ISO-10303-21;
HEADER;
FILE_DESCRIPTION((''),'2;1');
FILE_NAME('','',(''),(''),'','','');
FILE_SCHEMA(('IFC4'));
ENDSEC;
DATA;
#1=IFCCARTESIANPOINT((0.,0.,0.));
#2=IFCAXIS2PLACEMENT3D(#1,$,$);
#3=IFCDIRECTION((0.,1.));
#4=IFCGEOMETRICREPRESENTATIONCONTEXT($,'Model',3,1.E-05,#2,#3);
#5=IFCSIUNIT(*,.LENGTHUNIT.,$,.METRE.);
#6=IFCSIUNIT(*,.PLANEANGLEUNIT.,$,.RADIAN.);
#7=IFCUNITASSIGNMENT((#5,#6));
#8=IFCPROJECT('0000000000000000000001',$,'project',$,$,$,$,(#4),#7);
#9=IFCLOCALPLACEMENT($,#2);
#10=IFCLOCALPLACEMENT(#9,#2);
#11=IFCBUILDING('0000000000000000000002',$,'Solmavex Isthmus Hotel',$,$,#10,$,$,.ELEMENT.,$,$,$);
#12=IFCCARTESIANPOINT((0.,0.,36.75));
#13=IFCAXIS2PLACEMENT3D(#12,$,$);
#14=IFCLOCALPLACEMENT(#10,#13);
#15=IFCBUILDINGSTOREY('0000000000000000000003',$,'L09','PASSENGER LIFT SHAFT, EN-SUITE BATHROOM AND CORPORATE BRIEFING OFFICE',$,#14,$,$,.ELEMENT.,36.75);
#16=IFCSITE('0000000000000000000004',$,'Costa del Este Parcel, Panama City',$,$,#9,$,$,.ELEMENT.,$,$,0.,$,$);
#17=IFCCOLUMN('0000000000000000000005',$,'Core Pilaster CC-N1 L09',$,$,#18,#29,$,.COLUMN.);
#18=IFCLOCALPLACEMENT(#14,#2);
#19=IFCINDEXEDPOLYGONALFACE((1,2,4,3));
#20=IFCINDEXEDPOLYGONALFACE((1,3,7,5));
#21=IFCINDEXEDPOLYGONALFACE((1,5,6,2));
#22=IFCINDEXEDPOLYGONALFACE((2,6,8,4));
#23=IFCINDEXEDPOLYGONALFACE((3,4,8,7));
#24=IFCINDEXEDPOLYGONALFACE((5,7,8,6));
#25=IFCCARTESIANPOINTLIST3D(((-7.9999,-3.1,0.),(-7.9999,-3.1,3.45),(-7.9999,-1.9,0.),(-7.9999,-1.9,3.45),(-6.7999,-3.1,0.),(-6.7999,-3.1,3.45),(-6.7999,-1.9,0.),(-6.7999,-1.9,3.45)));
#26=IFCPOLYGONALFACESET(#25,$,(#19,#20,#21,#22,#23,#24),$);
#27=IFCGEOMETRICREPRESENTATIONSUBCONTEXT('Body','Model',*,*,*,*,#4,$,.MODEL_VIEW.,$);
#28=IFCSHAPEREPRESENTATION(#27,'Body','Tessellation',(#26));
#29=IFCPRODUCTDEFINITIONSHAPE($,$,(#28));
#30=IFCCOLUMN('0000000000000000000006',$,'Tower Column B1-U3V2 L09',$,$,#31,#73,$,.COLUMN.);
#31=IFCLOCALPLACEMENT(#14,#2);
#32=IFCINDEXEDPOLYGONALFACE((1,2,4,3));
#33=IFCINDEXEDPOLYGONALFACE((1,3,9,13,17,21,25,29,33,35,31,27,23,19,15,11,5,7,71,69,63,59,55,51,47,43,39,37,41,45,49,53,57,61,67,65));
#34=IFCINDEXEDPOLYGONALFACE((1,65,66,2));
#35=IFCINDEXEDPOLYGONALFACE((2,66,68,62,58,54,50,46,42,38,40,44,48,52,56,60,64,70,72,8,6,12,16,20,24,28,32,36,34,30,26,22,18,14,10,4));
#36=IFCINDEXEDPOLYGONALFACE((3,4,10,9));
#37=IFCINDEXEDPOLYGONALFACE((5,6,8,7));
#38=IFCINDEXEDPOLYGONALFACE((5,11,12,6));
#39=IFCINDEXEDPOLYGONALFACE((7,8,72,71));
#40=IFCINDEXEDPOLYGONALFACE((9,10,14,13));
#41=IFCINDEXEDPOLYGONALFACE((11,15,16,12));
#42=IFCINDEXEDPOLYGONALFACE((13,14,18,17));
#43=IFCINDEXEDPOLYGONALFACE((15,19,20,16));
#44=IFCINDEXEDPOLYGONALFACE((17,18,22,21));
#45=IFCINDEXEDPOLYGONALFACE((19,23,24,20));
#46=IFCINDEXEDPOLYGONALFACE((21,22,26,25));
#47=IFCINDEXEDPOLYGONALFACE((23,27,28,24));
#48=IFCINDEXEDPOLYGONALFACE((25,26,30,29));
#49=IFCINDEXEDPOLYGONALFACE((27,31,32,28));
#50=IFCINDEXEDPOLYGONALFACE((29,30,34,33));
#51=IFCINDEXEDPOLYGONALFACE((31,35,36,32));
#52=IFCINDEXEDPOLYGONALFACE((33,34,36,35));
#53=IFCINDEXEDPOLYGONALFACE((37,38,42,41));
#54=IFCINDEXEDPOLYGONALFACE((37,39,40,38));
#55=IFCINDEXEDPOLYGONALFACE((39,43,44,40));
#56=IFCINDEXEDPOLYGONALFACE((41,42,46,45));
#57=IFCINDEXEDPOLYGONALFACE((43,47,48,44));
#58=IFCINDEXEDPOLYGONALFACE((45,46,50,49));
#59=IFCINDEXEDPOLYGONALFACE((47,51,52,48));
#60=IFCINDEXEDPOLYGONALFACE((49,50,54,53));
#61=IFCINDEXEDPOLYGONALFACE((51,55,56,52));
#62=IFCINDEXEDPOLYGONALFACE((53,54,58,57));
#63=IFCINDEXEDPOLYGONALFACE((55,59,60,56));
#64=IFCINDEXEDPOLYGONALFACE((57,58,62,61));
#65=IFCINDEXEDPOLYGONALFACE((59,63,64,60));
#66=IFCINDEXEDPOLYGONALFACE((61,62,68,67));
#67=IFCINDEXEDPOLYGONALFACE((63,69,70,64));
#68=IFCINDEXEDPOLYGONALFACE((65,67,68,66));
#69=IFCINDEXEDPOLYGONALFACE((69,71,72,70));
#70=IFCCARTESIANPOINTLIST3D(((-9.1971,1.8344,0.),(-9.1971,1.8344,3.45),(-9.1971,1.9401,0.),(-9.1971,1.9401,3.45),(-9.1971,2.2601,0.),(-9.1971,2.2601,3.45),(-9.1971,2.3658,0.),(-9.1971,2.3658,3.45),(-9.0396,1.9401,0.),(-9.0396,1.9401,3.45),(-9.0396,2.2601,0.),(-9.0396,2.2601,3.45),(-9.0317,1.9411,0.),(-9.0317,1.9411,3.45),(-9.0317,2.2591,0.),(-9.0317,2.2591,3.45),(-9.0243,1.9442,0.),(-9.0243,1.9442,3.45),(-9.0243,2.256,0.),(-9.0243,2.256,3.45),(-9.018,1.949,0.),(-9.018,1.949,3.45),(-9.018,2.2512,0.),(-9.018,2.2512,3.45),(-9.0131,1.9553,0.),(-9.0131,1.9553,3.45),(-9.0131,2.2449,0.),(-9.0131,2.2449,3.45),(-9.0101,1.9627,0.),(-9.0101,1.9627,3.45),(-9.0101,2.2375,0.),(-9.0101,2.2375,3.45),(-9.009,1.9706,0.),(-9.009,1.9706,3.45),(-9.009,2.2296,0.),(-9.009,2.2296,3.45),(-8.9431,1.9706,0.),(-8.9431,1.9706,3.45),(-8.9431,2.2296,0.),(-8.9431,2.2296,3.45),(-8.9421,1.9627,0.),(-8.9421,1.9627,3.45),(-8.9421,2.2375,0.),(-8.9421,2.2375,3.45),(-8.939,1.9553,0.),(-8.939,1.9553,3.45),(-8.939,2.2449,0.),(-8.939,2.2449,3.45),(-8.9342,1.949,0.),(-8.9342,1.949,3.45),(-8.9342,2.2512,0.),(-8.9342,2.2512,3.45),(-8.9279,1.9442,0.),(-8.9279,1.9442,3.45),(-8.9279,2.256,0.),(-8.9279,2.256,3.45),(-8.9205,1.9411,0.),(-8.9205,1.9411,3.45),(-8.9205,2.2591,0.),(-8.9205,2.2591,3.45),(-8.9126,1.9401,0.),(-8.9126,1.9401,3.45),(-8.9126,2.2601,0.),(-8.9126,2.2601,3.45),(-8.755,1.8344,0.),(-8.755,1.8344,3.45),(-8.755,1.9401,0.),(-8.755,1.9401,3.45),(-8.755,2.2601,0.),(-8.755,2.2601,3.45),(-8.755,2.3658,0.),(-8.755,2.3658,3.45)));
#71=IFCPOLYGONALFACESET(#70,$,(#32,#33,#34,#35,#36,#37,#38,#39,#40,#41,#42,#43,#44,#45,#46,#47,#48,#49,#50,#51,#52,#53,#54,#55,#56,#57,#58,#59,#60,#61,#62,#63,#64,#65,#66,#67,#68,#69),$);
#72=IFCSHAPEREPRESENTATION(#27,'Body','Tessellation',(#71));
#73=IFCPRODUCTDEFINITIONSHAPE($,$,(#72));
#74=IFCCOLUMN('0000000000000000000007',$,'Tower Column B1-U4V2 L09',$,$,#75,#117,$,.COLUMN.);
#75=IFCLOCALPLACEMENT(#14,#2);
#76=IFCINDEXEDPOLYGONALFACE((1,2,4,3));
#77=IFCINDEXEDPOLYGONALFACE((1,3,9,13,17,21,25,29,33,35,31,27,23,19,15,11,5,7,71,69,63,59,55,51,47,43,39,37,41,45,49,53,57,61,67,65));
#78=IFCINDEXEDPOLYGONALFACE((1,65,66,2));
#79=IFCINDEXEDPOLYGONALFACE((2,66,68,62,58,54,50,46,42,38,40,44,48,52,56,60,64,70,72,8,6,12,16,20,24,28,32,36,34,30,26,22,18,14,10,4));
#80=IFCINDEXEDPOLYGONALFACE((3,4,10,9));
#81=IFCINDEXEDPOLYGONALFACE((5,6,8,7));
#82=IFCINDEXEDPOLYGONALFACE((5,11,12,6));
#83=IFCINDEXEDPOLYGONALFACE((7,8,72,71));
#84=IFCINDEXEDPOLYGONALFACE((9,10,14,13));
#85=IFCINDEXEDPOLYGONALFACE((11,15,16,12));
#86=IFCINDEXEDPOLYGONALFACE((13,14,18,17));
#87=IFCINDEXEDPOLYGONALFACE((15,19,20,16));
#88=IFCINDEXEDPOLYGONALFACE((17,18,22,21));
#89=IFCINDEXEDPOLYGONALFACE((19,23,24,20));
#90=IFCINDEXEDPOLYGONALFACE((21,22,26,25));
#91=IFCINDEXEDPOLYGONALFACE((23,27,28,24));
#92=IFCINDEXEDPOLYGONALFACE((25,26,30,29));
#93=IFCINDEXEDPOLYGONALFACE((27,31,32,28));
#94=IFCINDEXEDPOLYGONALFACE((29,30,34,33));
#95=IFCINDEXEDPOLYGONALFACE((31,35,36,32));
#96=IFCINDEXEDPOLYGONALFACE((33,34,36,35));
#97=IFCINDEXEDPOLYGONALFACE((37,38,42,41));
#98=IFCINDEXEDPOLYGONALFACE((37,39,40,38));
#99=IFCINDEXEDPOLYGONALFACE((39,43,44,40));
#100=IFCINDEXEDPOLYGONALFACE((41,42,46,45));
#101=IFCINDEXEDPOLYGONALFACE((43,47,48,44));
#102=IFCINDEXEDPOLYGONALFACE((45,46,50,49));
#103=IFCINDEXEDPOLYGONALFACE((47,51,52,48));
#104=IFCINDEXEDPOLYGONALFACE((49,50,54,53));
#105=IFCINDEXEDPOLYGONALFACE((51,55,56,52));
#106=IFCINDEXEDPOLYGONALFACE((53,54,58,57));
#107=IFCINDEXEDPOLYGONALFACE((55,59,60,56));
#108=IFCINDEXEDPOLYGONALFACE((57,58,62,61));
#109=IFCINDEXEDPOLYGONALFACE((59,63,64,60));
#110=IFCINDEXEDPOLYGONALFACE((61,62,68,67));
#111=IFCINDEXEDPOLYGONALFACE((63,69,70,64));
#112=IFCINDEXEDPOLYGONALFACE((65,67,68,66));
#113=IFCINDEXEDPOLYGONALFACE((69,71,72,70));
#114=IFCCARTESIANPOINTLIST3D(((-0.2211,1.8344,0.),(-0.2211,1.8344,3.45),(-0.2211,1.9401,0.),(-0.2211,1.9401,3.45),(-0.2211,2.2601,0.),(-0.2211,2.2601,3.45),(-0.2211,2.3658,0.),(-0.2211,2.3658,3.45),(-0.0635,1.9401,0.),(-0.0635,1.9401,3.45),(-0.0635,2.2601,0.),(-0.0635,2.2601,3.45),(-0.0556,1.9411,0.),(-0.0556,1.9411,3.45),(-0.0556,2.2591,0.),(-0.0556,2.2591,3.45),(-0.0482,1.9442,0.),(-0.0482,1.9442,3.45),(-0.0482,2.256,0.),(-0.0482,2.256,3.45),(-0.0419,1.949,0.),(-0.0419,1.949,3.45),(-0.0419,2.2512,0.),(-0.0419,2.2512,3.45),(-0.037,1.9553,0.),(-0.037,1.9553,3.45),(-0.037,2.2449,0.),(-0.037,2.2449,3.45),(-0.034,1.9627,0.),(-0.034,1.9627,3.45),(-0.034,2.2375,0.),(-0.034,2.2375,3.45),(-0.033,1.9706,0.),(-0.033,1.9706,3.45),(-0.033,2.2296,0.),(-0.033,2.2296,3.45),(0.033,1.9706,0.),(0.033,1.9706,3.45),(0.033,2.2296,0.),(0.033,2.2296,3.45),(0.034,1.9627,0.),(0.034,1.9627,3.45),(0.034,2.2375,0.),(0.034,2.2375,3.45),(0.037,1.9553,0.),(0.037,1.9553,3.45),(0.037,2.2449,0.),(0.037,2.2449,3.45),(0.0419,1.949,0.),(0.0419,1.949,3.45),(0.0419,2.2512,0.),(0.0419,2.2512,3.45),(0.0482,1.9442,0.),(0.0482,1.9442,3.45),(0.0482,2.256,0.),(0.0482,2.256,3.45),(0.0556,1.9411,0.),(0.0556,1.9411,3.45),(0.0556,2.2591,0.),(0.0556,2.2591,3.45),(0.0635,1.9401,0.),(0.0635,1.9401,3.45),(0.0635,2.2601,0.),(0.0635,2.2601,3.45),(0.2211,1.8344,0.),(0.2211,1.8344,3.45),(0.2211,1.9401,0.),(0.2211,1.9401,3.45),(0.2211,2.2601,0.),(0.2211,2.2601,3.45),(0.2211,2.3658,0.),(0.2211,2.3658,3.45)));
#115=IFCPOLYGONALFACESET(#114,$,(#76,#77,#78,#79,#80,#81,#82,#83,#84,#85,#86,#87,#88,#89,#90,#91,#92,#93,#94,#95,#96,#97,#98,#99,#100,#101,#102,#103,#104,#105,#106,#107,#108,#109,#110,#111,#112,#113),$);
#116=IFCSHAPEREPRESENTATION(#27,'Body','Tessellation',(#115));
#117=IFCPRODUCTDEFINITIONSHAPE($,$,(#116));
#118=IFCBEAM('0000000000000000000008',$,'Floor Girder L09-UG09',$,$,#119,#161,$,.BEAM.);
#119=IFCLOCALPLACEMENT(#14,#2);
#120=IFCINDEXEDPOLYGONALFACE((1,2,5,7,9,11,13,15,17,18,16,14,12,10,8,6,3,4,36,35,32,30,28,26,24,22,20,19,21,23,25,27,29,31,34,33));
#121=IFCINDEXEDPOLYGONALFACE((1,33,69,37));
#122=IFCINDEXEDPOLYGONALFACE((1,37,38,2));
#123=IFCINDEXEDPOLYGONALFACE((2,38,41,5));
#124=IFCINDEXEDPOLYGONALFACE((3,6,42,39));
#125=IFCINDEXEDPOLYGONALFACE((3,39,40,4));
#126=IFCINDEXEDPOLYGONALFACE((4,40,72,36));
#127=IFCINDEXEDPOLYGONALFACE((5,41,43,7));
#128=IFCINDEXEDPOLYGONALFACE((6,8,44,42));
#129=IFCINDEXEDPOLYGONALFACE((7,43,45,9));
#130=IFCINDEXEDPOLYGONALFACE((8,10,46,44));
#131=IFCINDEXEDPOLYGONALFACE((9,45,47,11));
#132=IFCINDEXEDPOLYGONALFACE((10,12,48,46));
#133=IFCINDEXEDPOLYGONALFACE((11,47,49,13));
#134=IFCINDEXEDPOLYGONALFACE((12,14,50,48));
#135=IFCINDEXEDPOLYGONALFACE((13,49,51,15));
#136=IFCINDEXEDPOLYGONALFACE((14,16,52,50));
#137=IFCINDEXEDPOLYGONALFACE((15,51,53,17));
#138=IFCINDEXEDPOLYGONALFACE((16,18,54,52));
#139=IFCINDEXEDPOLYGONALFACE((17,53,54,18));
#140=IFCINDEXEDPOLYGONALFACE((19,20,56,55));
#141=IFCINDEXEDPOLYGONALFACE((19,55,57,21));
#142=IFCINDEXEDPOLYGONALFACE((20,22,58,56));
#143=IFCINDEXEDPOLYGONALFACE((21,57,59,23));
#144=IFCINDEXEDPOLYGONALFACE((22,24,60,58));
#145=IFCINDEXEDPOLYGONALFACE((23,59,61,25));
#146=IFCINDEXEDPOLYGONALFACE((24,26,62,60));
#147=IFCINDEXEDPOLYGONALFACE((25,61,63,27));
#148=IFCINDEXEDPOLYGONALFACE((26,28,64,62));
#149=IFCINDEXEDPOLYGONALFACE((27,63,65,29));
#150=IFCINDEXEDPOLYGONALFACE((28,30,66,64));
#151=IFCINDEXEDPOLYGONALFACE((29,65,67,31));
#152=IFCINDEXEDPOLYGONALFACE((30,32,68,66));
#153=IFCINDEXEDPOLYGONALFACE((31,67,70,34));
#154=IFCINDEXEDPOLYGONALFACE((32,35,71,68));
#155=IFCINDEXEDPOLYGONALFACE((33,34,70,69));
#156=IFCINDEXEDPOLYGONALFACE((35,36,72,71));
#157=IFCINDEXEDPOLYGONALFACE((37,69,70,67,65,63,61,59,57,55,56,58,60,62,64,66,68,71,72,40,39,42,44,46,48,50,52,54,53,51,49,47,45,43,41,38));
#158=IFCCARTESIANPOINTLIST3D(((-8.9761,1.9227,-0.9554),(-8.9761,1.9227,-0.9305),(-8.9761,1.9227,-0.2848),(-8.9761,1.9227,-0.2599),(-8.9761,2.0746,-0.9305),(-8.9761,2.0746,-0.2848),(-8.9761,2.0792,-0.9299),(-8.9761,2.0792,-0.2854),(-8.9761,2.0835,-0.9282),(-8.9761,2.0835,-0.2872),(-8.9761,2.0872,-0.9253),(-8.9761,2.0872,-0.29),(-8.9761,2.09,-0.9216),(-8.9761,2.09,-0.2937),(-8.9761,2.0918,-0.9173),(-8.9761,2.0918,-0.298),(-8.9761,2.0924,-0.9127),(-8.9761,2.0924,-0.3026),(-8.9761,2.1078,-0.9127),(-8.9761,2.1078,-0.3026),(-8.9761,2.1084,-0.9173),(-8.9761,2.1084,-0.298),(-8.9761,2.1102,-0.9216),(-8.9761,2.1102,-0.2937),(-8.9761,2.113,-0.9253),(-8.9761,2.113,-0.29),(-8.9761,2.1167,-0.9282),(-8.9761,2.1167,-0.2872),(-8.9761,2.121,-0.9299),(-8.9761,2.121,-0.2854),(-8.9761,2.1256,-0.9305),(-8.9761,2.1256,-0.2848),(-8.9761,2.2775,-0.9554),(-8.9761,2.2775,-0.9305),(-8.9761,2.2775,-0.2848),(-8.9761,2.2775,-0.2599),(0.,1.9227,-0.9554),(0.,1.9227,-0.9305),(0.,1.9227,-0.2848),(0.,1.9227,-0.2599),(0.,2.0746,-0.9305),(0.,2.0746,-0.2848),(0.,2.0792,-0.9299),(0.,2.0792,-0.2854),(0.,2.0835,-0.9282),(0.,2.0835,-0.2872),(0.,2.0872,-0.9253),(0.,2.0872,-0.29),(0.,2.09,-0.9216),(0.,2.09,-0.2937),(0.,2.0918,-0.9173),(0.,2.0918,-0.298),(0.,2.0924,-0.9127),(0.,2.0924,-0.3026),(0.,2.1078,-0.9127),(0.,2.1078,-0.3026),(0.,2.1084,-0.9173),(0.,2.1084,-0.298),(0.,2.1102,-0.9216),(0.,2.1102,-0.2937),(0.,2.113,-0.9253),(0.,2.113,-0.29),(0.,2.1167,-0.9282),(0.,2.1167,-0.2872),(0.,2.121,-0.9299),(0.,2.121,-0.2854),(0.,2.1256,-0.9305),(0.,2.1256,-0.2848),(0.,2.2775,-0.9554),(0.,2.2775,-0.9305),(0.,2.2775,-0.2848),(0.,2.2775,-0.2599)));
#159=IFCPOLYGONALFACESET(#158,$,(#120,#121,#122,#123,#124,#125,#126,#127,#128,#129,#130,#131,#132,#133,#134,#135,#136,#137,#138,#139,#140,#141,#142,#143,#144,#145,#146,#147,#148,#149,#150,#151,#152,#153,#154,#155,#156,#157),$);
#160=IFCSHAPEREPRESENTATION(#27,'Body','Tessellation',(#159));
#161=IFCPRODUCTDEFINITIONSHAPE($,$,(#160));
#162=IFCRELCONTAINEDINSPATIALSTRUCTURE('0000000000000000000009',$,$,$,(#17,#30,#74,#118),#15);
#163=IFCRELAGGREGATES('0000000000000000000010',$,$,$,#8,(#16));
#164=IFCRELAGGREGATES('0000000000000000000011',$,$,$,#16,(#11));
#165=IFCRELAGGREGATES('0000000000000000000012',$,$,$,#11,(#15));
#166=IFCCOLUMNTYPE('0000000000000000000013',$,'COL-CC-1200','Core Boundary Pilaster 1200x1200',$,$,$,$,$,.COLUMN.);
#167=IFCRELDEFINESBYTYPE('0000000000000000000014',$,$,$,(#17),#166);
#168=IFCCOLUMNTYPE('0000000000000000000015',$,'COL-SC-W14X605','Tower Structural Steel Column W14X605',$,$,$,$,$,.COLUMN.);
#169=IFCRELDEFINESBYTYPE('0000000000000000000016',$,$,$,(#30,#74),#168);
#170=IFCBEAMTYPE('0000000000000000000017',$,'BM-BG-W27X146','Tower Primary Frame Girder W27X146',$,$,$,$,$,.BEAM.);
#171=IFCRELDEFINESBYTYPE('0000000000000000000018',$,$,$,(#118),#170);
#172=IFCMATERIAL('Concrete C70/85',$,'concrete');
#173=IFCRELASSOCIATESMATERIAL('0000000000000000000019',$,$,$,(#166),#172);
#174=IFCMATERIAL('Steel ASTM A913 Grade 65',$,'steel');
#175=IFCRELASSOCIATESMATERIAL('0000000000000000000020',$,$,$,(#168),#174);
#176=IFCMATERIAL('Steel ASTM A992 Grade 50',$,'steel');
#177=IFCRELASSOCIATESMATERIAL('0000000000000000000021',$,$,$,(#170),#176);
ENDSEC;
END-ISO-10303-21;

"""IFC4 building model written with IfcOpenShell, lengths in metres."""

from ifc_helpers import new_model, si_unit, direction, frame, origin, origin_2d, place, context, subcontext, project, spatial, rectangle, i_section, extrude, material, material_profile, profile_set, type_object, element, save


model = new_model("IFC4")

# Units and contexts
model_context = context("Model", 3, precision=1e-05, world=origin(), true_north=direction((0.0, 1.0)))
body_context = subcontext(model_context, "Body", "Model", "MODEL_VIEW")
ifc_project = project(units=[si_unit("LENGTHUNIT", "METRE"), si_unit("PLANEANGLEUNIT", "RADIAN")], contexts=[model_context])

# Site, building, storey
site_placement = place(None, origin())
site = spatial("IfcSite", under=ifc_project, at=site_placement, Name="Costa del Este Parcel, Panama City", CompositionType="ELEMENT", RefElevation=0.0)
building_placement = place(site_placement, origin())
building = spatial("IfcBuilding", under=site, at=building_placement, Name="Solmavex Isthmus Hotel", CompositionType="ELEMENT")
storey_placement = place(building_placement, frame((0.0, 0.0, 36.75)))
storey = spatial("IfcBuildingStorey", under=building, at=storey_placement, Name="L09", Description="PASSENGER LIFT SHAFT, EN-SUITE BATHROOM AND CORPORATE BRIEFING OFFICE", CompositionType="ELEMENT", Elevation=36.75)

# Columns
ifc_material_1 = material(Name="Concrete C70/85", Category="concrete")
ifc_material_profile_1 = material_profile(ifc_material_1, rectangle(XDim=1.2, YDim=1.2, at=origin_2d()), Name="RC1200X1200")
ifc_profile_set_1 = profile_set([ifc_material_profile_1], Name="Concrete C70/85")
column_type_1 = type_object("IfcColumnType", Name="COL-CC-1200", Description="Core Boundary Pilaster 1200x1200", PredefinedType="COLUMN", material=ifc_profile_set_1)
column_placement = place(storey_placement, frame((-7.3999, -2.5, 0.0), z_axis=(0.0, 0.0, 1.0), x_axis=(1.0, 0.0, 0.0)))
element("IfcColumn", 1, at=column_placement, inside=storey, type_object=column_type_1, Name="Core Pilaster CC-N1 L09", PredefinedType="COLUMN", context=body_context, shape_type="SweptSolid", body=[
    extrude(rectangle(XDim=1.2, YDim=1.2, at=origin_2d()), origin(), (0.0, 0.0, 1.0), 3.45),
])
ifc_material_2 = material(Name="Steel ASTM A913 Grade 65", Category="steel")
ifc_material_profile_2 = material_profile(ifc_material_2, i_section(OverallWidth=0.4421, OverallDepth=0.5315, WebThickness=0.0659, FlangeThickness=0.1057, FilletRadius=0.0305, at=origin_2d()), Name="W14X605")
ifc_profile_set_2 = profile_set([ifc_material_profile_2], Name="Steel ASTM A913 Grade 65")
column_type_2 = type_object("IfcColumnType", Name="COL-SC-W14X605", Description="Tower Structural Steel Column W14X605", PredefinedType="COLUMN", material=ifc_profile_set_2)
for number, where, z_axis, x_axis, name in (
    (2, (-8.9761, 2.1001, 0.0), (0.0, 0.0, 1.0), (1.0, 0.0, 0.0), "Tower Column B1-U3V2 L09"),
    (3, (0.0, 2.1001, 0.0), (0.0, 0.0, 1.0), (1.0, 0.0, 0.0), "Tower Column B1-U4V2 L09"),
):
    element("IfcColumn", number, at=place(storey_placement, frame(where, z_axis=z_axis, x_axis=x_axis)), inside=storey, type_object=column_type_2, Name=name, PredefinedType="COLUMN", context=body_context, shape_type="SweptSolid", body=[
        extrude(i_section(OverallWidth=0.4421, OverallDepth=0.5315, WebThickness=0.0659, FlangeThickness=0.1057, FilletRadius=0.0305, at=origin_2d()), origin(), (0.0, 0.0, 1.0), 3.45),
    ])

# Beam
ifc_material_3 = material(Name="Steel ASTM A992 Grade 50", Category="steel")
ifc_material_profile_3 = material_profile(ifc_material_3, i_section(OverallWidth=0.3547, OverallDepth=0.6956, WebThickness=0.0154, FlangeThickness=0.0249, FilletRadius=0.0178, at=origin_2d()), Name="W27X146")
ifc_profile_set_3 = profile_set([ifc_material_profile_3], Name="Steel ASTM A992 Grade 50")
beam_type_1 = type_object("IfcBeamType", Name="BM-BG-W27X146", Description="Tower Primary Frame Girder W27X146", PredefinedType="BEAM", material=ifc_profile_set_3)
for number, where, z_axis, x_axis, name in (
    (4, (-8.9761, 2.1001, -0.6077), (1.0, 0.0, 0.0), (0.0, 1.0, 0.0), "Floor Girder L09-UG09"),
):
    element("IfcBeam", number, at=place(storey_placement, frame(where, z_axis=z_axis, x_axis=x_axis)), inside=storey, type_object=beam_type_1, Name=name, PredefinedType="BEAM", context=body_context, shape_type="SweptSolid", body=[
        extrude(i_section(OverallWidth=0.3547, OverallDepth=0.6956, WebThickness=0.0154, FlangeThickness=0.0249, FilletRadius=0.0178, at=origin_2d()), origin(), (0.0, 0.0, 1.0), 8.9761),
    ])

save(model, "model.ifc")
